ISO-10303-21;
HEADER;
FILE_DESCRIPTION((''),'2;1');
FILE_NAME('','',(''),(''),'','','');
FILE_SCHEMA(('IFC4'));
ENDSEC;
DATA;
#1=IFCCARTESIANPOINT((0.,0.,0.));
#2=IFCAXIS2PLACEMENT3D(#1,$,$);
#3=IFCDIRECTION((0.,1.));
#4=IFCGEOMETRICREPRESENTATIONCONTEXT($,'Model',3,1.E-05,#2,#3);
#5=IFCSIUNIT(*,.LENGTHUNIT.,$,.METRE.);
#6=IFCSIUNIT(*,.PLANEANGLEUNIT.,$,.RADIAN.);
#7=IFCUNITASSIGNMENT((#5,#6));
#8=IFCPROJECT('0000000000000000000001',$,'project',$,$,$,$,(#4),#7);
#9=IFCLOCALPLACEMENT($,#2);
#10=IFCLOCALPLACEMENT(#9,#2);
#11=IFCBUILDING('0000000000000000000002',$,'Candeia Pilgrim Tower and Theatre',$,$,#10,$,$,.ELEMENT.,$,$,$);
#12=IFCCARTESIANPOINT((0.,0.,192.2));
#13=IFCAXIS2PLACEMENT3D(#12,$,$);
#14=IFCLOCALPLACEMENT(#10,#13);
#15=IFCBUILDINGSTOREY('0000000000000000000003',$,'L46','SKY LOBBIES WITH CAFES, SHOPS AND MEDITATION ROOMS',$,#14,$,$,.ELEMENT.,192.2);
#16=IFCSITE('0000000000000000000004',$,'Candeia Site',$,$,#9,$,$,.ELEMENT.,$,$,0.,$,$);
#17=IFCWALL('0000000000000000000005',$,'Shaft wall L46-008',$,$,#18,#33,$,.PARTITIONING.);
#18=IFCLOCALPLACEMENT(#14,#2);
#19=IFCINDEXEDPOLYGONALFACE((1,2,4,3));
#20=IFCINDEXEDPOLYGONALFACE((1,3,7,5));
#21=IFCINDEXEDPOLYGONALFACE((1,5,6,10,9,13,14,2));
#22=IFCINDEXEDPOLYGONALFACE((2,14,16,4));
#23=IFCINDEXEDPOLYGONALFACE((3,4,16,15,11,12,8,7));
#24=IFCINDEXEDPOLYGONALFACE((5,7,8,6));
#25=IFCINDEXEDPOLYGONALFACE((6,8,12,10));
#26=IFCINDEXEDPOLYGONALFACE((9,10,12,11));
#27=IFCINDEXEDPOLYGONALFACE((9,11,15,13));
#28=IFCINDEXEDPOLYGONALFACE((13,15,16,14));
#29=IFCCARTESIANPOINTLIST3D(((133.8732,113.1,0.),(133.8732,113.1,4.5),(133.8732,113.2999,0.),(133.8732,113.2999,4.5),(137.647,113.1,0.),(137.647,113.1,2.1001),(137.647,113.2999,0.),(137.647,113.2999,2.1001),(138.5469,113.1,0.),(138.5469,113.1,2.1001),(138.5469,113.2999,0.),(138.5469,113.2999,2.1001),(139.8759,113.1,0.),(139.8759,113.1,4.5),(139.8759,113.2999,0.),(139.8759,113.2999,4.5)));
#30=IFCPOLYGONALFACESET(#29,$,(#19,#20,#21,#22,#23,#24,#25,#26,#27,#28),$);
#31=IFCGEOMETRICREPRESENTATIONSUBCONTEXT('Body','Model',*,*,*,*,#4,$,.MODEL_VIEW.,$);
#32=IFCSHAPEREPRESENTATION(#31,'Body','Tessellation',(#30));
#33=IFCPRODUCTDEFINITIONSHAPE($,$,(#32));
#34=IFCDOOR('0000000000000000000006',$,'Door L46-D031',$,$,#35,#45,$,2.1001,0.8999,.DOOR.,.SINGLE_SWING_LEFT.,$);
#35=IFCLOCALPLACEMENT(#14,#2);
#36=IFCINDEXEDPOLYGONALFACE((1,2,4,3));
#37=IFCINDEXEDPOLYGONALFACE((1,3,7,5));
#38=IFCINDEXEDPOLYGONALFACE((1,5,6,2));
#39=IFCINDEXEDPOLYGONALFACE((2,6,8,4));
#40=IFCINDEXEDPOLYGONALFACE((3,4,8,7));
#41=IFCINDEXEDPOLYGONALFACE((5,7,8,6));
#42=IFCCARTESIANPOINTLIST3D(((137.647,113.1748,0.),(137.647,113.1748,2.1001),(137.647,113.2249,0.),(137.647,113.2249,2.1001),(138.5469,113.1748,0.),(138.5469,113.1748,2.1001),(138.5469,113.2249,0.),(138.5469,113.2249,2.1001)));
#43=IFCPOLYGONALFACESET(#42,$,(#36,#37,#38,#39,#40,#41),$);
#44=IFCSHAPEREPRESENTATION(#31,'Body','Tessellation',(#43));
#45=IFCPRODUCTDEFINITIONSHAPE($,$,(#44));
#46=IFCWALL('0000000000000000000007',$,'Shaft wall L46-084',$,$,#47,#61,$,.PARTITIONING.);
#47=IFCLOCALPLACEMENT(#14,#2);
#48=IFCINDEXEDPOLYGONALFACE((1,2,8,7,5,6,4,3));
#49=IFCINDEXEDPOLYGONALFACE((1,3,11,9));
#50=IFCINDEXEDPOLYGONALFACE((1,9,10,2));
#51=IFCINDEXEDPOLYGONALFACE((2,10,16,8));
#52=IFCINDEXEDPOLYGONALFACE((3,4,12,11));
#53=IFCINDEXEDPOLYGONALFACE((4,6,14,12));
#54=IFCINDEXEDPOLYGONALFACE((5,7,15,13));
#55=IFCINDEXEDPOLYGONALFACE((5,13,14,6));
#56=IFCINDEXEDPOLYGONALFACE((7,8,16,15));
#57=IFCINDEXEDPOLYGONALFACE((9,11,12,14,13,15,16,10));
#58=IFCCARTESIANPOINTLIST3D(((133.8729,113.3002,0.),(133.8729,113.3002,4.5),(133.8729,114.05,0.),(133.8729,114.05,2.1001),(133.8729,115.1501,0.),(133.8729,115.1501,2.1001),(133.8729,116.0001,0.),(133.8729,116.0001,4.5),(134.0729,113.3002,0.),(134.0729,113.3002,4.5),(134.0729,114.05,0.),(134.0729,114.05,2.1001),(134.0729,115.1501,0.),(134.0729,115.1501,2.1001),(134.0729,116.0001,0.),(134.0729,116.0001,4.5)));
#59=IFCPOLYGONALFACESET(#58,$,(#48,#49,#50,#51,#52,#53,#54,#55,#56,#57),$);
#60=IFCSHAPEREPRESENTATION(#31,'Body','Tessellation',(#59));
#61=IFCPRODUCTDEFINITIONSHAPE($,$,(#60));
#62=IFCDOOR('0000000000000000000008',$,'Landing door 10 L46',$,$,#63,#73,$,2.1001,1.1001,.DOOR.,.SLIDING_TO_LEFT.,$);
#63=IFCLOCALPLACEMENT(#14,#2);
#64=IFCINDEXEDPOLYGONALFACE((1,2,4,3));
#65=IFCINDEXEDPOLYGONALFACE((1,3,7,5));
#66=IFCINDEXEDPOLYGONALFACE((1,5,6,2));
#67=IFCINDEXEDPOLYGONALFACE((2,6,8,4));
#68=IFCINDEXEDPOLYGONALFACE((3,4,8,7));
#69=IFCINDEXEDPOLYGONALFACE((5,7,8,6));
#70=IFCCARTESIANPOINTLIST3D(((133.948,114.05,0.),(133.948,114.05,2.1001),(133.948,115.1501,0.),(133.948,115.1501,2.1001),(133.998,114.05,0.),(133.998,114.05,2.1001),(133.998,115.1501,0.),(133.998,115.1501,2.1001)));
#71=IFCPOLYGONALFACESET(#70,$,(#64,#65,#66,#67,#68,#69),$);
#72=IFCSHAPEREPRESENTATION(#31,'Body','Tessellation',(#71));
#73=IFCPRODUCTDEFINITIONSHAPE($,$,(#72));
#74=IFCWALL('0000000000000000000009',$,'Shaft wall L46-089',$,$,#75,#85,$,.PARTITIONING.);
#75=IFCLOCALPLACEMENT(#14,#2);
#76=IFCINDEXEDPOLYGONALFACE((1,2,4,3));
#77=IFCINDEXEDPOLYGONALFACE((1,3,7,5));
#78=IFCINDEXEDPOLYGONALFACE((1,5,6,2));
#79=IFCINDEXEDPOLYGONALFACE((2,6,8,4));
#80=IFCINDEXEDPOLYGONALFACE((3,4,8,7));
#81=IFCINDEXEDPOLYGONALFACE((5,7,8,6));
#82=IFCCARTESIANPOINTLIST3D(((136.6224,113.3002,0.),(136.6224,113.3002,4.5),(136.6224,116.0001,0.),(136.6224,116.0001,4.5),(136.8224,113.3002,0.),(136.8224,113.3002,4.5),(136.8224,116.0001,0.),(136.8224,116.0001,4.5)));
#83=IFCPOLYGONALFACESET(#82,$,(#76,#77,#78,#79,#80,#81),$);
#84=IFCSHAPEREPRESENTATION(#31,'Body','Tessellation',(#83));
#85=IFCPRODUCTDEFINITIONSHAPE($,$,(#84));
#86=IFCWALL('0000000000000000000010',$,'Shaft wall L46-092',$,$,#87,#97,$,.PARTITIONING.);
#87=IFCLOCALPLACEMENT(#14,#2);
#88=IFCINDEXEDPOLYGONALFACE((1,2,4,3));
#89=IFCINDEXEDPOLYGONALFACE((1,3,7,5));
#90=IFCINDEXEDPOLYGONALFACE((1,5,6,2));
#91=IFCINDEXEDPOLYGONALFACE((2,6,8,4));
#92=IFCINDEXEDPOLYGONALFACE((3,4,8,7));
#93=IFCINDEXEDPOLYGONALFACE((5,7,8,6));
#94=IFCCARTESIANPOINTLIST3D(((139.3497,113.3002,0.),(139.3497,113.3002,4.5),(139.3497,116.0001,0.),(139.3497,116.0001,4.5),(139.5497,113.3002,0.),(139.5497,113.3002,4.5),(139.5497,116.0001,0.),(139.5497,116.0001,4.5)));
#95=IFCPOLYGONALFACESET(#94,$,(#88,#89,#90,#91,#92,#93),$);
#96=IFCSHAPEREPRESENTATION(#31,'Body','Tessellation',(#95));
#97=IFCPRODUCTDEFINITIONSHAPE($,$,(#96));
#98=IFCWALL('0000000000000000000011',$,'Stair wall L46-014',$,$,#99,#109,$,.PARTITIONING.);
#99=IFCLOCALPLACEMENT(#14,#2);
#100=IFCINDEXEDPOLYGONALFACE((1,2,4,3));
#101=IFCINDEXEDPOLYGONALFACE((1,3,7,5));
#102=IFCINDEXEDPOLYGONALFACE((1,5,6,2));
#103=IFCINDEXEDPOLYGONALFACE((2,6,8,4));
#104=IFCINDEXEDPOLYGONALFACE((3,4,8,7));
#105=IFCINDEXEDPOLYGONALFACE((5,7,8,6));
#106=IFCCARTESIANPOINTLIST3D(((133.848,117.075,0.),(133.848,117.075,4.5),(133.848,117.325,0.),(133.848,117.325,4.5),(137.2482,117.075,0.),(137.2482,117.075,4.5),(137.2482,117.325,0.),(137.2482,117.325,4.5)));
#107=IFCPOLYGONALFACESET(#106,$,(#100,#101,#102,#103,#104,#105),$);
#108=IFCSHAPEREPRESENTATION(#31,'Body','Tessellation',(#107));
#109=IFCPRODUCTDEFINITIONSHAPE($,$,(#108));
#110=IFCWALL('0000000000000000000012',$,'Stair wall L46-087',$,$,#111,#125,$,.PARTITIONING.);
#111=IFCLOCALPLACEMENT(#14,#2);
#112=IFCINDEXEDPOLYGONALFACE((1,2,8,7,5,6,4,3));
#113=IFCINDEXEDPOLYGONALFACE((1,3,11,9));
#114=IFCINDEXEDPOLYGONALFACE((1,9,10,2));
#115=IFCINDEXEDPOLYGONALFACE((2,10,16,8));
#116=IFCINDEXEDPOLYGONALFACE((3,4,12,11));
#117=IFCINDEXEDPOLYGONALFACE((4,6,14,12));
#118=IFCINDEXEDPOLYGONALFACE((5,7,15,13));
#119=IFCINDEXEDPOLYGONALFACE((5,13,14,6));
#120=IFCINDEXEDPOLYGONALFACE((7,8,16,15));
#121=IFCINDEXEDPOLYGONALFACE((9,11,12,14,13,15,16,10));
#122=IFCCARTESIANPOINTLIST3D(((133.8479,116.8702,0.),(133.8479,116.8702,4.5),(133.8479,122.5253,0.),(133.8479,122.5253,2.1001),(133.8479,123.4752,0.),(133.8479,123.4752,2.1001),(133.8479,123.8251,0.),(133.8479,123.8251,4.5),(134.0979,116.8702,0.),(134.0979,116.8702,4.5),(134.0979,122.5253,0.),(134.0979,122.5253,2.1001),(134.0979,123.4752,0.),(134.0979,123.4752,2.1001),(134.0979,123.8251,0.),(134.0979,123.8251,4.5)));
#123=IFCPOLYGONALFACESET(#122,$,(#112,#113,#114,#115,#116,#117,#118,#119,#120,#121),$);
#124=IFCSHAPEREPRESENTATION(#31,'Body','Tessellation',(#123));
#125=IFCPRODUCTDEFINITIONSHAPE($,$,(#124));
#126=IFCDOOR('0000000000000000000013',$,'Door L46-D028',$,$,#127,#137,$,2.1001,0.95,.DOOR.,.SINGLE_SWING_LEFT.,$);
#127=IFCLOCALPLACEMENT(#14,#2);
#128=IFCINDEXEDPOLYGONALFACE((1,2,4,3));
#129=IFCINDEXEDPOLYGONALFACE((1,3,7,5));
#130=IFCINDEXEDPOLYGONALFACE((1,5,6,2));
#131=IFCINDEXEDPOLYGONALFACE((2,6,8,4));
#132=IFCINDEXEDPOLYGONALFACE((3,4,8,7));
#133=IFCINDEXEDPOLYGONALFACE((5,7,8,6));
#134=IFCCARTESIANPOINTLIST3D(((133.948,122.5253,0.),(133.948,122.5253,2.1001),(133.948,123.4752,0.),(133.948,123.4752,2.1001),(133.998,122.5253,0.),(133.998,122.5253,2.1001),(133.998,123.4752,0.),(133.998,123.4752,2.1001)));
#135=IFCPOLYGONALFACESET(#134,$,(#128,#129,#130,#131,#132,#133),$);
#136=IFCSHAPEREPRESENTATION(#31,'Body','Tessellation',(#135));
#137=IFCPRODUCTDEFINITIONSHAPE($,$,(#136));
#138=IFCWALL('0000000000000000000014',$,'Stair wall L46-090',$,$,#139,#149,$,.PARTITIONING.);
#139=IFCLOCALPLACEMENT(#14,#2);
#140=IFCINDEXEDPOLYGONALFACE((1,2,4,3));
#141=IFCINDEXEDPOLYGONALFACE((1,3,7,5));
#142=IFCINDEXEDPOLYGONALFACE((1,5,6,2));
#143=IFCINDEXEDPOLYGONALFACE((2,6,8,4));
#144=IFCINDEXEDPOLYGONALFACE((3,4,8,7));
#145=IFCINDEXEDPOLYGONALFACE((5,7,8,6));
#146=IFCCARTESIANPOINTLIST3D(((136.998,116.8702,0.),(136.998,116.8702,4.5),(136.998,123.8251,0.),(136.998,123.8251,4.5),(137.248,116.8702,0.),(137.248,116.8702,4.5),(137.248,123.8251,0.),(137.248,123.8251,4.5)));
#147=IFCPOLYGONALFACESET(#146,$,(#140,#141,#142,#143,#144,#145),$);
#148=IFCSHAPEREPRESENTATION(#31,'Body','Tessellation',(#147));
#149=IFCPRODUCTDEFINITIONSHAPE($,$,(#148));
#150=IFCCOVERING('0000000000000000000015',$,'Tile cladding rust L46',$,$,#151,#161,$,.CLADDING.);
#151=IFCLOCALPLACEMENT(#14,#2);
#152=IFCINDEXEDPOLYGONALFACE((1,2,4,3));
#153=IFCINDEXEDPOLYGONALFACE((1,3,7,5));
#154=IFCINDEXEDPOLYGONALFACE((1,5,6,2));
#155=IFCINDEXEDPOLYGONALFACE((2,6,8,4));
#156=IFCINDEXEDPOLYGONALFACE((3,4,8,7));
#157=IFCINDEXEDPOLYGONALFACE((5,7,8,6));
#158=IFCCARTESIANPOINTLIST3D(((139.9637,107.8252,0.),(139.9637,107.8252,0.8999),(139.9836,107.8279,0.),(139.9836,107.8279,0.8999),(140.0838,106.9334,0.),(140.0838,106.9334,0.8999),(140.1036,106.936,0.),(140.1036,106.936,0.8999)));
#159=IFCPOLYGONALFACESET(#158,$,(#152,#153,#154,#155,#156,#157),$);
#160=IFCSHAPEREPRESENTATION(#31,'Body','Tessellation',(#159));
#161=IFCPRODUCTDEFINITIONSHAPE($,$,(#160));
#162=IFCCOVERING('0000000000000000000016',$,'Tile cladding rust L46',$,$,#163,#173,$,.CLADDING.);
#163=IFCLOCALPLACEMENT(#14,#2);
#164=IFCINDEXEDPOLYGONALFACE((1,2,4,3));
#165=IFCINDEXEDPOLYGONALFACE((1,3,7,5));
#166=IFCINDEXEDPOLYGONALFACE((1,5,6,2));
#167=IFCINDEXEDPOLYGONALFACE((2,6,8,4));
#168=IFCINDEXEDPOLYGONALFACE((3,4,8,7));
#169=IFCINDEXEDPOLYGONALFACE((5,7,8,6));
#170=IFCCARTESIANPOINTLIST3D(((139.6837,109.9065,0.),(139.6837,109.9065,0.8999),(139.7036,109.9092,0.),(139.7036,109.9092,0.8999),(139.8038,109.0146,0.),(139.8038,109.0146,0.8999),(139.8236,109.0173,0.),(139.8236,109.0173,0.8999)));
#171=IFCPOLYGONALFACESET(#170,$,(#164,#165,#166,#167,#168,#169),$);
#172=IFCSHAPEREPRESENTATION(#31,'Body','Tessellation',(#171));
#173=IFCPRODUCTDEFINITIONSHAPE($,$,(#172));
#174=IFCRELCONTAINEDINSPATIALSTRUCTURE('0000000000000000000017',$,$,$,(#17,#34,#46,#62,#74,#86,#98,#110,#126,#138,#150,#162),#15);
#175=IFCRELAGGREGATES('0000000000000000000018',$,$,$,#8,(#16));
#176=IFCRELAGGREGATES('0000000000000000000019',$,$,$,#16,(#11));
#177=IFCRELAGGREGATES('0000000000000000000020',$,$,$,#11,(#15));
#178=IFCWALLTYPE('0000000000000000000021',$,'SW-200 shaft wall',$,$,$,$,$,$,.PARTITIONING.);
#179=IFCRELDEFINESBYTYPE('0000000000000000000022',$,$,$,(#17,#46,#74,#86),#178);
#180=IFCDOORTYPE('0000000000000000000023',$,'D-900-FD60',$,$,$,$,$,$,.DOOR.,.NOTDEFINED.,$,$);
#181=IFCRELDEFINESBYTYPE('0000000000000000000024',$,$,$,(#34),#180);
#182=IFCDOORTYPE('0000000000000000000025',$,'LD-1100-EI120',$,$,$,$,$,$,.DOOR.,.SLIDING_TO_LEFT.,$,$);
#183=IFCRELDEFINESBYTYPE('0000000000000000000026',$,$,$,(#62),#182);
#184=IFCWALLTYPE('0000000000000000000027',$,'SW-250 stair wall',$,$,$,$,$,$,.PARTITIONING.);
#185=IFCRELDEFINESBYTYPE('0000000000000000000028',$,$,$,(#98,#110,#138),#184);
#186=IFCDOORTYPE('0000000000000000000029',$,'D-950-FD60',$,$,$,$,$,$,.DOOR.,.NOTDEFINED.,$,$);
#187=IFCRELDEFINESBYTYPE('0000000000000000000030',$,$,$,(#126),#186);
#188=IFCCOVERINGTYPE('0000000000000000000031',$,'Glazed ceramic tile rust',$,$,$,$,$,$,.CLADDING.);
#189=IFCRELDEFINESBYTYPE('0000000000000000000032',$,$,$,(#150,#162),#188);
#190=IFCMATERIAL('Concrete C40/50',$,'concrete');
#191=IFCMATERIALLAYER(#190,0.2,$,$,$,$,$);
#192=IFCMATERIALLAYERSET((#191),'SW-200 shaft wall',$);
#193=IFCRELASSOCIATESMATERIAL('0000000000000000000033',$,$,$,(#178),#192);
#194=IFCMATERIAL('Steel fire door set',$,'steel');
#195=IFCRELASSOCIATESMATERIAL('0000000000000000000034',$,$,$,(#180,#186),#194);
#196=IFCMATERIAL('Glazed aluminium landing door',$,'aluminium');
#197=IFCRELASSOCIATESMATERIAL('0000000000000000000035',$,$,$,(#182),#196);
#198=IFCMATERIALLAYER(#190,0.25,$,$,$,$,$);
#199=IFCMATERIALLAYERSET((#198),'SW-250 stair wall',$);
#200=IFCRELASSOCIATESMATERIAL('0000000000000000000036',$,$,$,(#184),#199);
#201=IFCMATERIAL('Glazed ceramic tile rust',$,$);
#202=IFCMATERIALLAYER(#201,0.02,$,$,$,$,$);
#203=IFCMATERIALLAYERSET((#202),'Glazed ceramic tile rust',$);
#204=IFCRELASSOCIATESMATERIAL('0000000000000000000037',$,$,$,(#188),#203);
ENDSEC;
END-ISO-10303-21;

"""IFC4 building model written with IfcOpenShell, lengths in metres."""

from ifc_helpers import new_model, si_unit, direction, frame, frame_2d, origin, origin_2d, place, context, subcontext, project, spatial, rectangle, extrude, material, layer, layer_set, type_object, element, fill, save


model = new_model("IFC4")

# Units and contexts
model_context = context("Model", 3, precision=1e-05, world=origin(), true_north=direction((0.0, 1.0)))
body_context = subcontext(model_context, "Body", "Model", "MODEL_VIEW")
ifc_project = project(units=[si_unit("LENGTHUNIT", "METRE"), si_unit("PLANEANGLEUNIT", "RADIAN")], contexts=[model_context])

# Site, building, storey
site_placement = place(None, origin())
site = spatial("IfcSite", under=ifc_project, at=site_placement, Name="Candeia Site", CompositionType="ELEMENT", RefElevation=0.0)
building_placement = place(site_placement, origin())
building = spatial("IfcBuilding", under=site, at=building_placement, Name="Candeia Pilgrim Tower and Theatre", CompositionType="ELEMENT")
storey_placement = place(building_placement, frame((0.0, 0.0, 192.2)))
storey = spatial("IfcBuildingStorey", under=building, at=storey_placement, Name="L46", Description="SKY LOBBIES WITH CAFES, SHOPS AND MEDITATION ROOMS", CompositionType="ELEMENT", Elevation=192.2)

# Shared definitions
ifc_material_1 = material(Name="Steel fire door set", Category="steel")

# Walls, openings, doors
ifc_material_2 = material(Name="Concrete C40/50", Category="concrete")
ifc_layer_1 = layer(ifc_material_2, 0.2)
ifc_layer_set_1 = layer_set([ifc_layer_1], Name="SW-200 shaft wall")
wall_type_1 = type_object("IfcWallType", Name="SW-200 shaft wall", PredefinedType="PARTITIONING", material=ifc_layer_set_1)
wall_1_placement = place(storey_placement, frame((133.873, 113.2, 0.0), z_axis=(0.0, 0.0, 1.0), x_axis=(1.0, 0.0, 0.0)))
wall_1 = element("IfcWall", 1, at=wall_1_placement, inside=storey, type_object=wall_type_1, Name="Shaft wall L46-008", PredefinedType="PARTITIONING", context=body_context, shape_type="SweptSolid", body=[
    extrude(rectangle(XDim=6.0027, YDim=0.2, at=frame_2d((3.0015, 0.0))), origin(), (0.0, 0.0, 1.0), 4.5),
])
opening_1_placement = place(wall_1_placement, frame((3.7739, 0.0, 0.0)))
opening_1 = element("IfcOpeningElement", 2, at=opening_1_placement, cuts=wall_1, PredefinedType="OPENING", context=body_context, shape_type="SweptSolid", body=[
    extrude(rectangle(XDim=0.8999, YDim=2.1001, at=frame_2d((0.45, 1.05))), frame((0.0, 0.1099, 0.0), z_axis=(0.0, -1.0, 0.0), x_axis=(1.0, 0.0, 0.0)), (0.0, 0.0, 1.0), 0.22),
])
door_type_1 = type_object("IfcDoorType", Name="D-900-FD60", OperationType="NOTDEFINED", PredefinedType="DOOR", material=ifc_material_1)
door_1_placement = place(opening_1_placement, origin())
door_1 = element("IfcDoor", 3, at=door_1_placement, inside=storey, type_object=door_type_1, Name="Door L46-D031", OperationType="SINGLE_SWING_LEFT", OverallHeight=2.1001, OverallWidth=0.8999, PredefinedType="DOOR", context=body_context, shape_type="SweptSolid", body=[
    extrude(rectangle(XDim=0.8999, YDim=2.1001, at=frame_2d((0.45, 1.05))), frame((0.0, 0.0249, 0.0), z_axis=(0.0, -1.0, 0.0), x_axis=(1.0, 0.0, 0.0)), (0.0, 0.0, 1.0), 0.05),
])
fill(opening_1, door_1)
wall_2_placement = place(storey_placement, frame((133.9729, 113.3, 0.0), z_axis=(0.0, 0.0, 1.0), x_axis=(0.0, 1.0, 0.0)))
wall_2 = element("IfcWall", 4, at=wall_2_placement, inside=storey, type_object=wall_type_1, Name="Shaft wall L46-084", PredefinedType="PARTITIONING", context=body_context, shape_type="SweptSolid", body=[
    extrude(rectangle(XDim=2.7, YDim=0.2, at=frame_2d((1.3501, 0.0))), origin(), (0.0, 0.0, 1.0), 4.5),
])
opening_2_placement = place(wall_2_placement, frame((0.75, 0.0, 0.0)))
opening_2 = element("IfcOpeningElement", 5, at=opening_2_placement, cuts=wall_2, PredefinedType="OPENING", context=body_context, shape_type="SweptSolid", body=[
    extrude(rectangle(XDim=1.1001, YDim=2.1001, at=frame_2d((0.55, 1.05))), frame((0.0, 0.1099, 0.0), z_axis=(0.0, -1.0, 0.0), x_axis=(1.0, 0.0, 0.0)), (0.0, 0.0, 1.0), 0.22),
])
ifc_material_3 = material(Name="Glazed aluminium landing door", Category="aluminium")
door_type_2 = type_object("IfcDoorType", Name="LD-1100-EI120", OperationType="SLIDING_TO_LEFT", PredefinedType="DOOR", material=ifc_material_3)
door_2_placement = place(opening_2_placement, origin())
door_2 = element("IfcDoor", 6, at=door_2_placement, inside=storey, type_object=door_type_2, Name="Landing door 10 L46", OperationType="SLIDING_TO_LEFT", OverallHeight=2.1001, OverallWidth=1.1001, PredefinedType="DOOR", context=body_context, shape_type="SweptSolid", body=[
    extrude(rectangle(XDim=1.1001, YDim=2.1001, at=frame_2d((0.55, 1.05))), frame((0.0, 0.0249, 0.0), z_axis=(0.0, -1.0, 0.0), x_axis=(1.0, 0.0, 0.0)), (0.0, 0.0, 1.0), 0.05),
])
fill(opening_2, door_2)

# Walls
for number, where, z_axis, x_axis, name in (
    (7, (136.7224, 113.3, 0.0), (0.0, 0.0, 1.0), (0.0, 1.0, 0.0), "Shaft wall L46-089"),
    (8, (139.4497, 113.3, 0.0), (0.0, 0.0, 1.0), (0.0, 1.0, 0.0), "Shaft wall L46-092"),
):
    element("IfcWall", number, at=place(storey_placement, frame(where, z_axis=z_axis, x_axis=x_axis)), inside=storey, type_object=wall_type_1, Name=name, PredefinedType="PARTITIONING", context=body_context, shape_type="SweptSolid", body=[
        extrude(rectangle(XDim=2.7, YDim=0.2, at=frame_2d((1.3501, 0.0))), origin(), (0.0, 0.0, 1.0), 4.5),
    ])
ifc_layer_2 = layer(ifc_material_2, 0.25)
ifc_layer_set_2 = layer_set([ifc_layer_2], Name="SW-250 stair wall")
wall_type_2 = type_object("IfcWallType", Name="SW-250 stair wall", PredefinedType="PARTITIONING", material=ifc_layer_set_2)
wall_3_placement = place(storey_placement, frame((133.8479, 117.2, 0.0), z_axis=(0.0, 0.0, 1.0), x_axis=(1.0, 0.0, 0.0)))
element("IfcWall", 9, at=wall_3_placement, inside=storey, type_object=wall_type_2, Name="Stair wall L46-014", PredefinedType="PARTITIONING", context=body_context, shape_type="SweptSolid", body=[
    extrude(rectangle(XDim=3.4001, YDim=0.25, at=frame_2d((1.7002, 0.0))), origin(), (0.0, 0.0, 1.0), 4.5),
])

# Wall, opening, door
wall_4_placement = place(storey_placement, frame((133.9729, 116.8701, 0.0), z_axis=(0.0, 0.0, 1.0), x_axis=(0.0, 1.0, 0.0)))
wall_4 = element("IfcWall", 10, at=wall_4_placement, inside=storey, type_object=wall_type_2, Name="Stair wall L46-087", PredefinedType="PARTITIONING", context=body_context, shape_type="SweptSolid", body=[
    extrude(rectangle(XDim=6.9548, YDim=0.25, at=frame_2d((3.4775, 0.0))), origin(), (0.0, 0.0, 1.0), 4.5),
])
opening_3_placement = place(wall_4_placement, frame((5.655, 0.0, 0.0)))
opening_3 = element("IfcOpeningElement", 11, at=opening_3_placement, cuts=wall_4, PredefinedType="OPENING", context=body_context, shape_type="SweptSolid", body=[
    extrude(rectangle(XDim=0.95, YDim=2.1001, at=frame_2d((0.4751, 1.05))), frame((0.0, 0.135, 0.0), z_axis=(0.0, -1.0, 0.0), x_axis=(1.0, 0.0, 0.0)), (0.0, 0.0, 1.0), 0.27),
])
door_type_3 = type_object("IfcDoorType", Name="D-950-FD60", OperationType="NOTDEFINED", PredefinedType="DOOR", material=ifc_material_1)
door_3_placement = place(opening_3_placement, origin())
door_3 = element("IfcDoor", 12, at=door_3_placement, inside=storey, type_object=door_type_3, Name="Door L46-D028", OperationType="SINGLE_SWING_LEFT", OverallHeight=2.1001, OverallWidth=0.95, PredefinedType="DOOR", context=body_context, shape_type="SweptSolid", body=[
    extrude(rectangle(XDim=0.95, YDim=2.1001, at=frame_2d((0.4751, 1.05))), frame((0.0, 0.0249, 0.0), z_axis=(0.0, -1.0, 0.0), x_axis=(1.0, 0.0, 0.0)), (0.0, 0.0, 1.0), 0.05),
])
fill(opening_3, door_3)

# Wall
wall_5_placement = place(storey_placement, frame((137.123, 116.8701, 0.0), z_axis=(0.0, 0.0, 1.0), x_axis=(0.0, 1.0, 0.0)))
element("IfcWall", 13, at=wall_5_placement, inside=storey, type_object=wall_type_2, Name="Stair wall L46-090", PredefinedType="PARTITIONING", context=body_context, shape_type="SweptSolid", body=[
    extrude(rectangle(XDim=6.9548, YDim=0.25, at=frame_2d((3.4775, 0.0))), origin(), (0.0, 0.0, 1.0), 4.5),
])

# Coverings
ifc_material_4 = material(Name="Glazed ceramic tile rust")
ifc_layer_3 = layer(ifc_material_4, 0.02)
ifc_layer_set_3 = layer_set([ifc_layer_3], Name="Glazed ceramic tile rust")
covering_type = type_object("IfcCoveringType", Name="Glazed ceramic tile rust", PredefinedType="CLADDING", material=ifc_layer_set_3)
for number, where, z_axis, x_axis, name in (
    (14, (140.0337, 107.3806, 0.0), (0.0, 0.0, 1.0), (-0.133412, 0.991061, 0.0), "Tile cladding rust L46"),
    (15, (139.7537, 109.4619, 0.0), (0.0, 0.0, 1.0), (-0.133412, 0.991061, 0.0), "Tile cladding rust L46"),
):
    element("IfcCovering", number, at=place(storey_placement, frame(where, z_axis=z_axis, x_axis=x_axis)), inside=storey, type_object=covering_type, Name=name, PredefinedType="CLADDING", context=body_context, shape_type="SweptSolid", body=[
        extrude(rectangle(XDim=0.8999, YDim=0.02, at=origin_2d()), origin(), (0.0, 0.0, 1.0), 0.8999),
    ])

save(model, "model.ifc")
